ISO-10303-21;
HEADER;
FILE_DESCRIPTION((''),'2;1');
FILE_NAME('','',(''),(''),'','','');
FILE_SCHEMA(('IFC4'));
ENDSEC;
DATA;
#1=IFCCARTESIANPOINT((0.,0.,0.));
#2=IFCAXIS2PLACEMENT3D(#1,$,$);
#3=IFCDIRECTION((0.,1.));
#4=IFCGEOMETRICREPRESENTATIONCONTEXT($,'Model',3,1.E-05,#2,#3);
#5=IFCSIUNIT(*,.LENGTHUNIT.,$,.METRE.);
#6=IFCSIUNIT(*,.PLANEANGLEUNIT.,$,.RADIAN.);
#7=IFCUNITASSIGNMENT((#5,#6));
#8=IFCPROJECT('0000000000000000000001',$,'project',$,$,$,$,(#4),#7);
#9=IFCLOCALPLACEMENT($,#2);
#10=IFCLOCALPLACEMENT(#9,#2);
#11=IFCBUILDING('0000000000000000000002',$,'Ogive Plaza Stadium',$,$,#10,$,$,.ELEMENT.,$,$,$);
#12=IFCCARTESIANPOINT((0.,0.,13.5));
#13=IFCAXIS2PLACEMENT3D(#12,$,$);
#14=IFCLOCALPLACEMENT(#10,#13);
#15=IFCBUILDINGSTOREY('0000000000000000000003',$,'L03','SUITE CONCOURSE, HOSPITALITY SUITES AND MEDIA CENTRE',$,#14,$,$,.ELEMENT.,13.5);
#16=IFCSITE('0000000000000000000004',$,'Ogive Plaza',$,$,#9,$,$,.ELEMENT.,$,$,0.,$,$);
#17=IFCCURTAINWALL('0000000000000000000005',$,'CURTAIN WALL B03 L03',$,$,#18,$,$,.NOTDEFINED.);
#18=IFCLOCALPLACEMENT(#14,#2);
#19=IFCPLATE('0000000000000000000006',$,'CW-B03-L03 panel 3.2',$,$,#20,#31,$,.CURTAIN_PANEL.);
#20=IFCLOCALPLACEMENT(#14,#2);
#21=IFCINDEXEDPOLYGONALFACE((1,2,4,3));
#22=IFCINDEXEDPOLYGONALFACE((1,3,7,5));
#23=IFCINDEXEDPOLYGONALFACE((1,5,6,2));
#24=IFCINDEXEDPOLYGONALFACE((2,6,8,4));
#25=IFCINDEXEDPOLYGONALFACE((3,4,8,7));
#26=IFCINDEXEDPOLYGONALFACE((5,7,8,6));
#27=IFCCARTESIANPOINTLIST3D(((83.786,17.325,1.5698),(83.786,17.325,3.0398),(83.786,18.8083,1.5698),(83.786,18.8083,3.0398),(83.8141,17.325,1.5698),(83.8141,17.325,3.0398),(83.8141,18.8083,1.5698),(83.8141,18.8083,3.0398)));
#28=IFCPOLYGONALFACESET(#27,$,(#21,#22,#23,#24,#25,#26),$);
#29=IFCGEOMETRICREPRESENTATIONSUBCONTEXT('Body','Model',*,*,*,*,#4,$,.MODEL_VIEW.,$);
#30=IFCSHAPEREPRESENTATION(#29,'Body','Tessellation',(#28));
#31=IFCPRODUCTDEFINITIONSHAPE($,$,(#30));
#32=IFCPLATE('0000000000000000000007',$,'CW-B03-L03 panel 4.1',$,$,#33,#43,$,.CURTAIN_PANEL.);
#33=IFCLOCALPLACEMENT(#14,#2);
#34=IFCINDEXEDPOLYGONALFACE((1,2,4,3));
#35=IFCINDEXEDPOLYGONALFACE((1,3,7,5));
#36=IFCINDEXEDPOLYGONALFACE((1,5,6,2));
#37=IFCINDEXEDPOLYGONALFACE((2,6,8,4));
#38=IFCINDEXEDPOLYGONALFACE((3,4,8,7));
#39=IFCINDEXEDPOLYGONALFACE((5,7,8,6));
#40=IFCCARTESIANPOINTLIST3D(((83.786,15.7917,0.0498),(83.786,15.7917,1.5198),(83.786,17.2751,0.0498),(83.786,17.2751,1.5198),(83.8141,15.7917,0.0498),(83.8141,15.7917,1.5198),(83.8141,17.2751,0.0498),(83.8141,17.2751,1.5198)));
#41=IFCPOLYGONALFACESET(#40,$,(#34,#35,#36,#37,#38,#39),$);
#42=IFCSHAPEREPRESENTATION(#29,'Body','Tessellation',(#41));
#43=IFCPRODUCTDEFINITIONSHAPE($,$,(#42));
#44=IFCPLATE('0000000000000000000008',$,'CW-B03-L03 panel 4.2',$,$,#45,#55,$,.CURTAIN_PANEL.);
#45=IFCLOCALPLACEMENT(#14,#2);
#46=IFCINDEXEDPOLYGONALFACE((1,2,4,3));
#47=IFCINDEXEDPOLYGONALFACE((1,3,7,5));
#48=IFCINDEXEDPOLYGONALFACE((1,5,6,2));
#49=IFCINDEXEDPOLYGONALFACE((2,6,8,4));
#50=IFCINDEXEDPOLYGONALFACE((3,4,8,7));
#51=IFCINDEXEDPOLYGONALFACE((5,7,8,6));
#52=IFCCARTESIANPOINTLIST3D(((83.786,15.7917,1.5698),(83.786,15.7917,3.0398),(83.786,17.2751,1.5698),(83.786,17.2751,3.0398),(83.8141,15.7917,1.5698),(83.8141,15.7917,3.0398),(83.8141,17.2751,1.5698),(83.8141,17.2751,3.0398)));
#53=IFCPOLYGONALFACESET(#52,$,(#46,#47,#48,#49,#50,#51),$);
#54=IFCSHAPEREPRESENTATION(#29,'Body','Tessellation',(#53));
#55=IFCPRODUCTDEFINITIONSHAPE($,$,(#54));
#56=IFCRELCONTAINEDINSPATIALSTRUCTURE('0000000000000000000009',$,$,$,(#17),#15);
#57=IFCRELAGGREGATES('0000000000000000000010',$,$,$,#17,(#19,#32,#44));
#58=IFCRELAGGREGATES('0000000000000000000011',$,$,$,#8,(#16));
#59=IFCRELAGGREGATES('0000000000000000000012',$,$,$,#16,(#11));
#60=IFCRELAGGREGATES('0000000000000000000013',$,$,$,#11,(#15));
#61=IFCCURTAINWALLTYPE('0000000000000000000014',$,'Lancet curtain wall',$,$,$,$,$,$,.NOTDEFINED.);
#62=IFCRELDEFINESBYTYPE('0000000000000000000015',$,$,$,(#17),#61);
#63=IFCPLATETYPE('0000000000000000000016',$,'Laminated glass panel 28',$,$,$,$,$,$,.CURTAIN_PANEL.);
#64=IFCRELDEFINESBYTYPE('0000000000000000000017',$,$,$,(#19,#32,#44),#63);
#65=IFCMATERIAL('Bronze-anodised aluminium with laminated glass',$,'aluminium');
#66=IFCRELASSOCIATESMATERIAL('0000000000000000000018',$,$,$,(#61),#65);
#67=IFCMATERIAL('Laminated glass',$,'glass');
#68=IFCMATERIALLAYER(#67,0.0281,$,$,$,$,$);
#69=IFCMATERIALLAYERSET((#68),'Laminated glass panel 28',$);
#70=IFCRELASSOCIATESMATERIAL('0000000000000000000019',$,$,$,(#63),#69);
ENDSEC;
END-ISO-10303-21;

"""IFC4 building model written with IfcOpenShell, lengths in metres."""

from ifc_helpers import new_model, si_unit, direction, frame, origin, origin_2d, place, context, subcontext, project, spatial, rectangle, extrude, material, layer, layer_set, type_object, element, aggregate, save


model = new_model("IFC4")

# Units and contexts
model_context = context("Model", 3, precision=1e-05, world=origin(), true_north=direction((0.0, 1.0)))
body_context = subcontext(model_context, "Body", "Model", "MODEL_VIEW")
ifc_project = project(units=[si_unit("LENGTHUNIT", "METRE"), si_unit("PLANEANGLEUNIT", "RADIAN")], contexts=[model_context])

# Site, building, storey
site_placement = place(None, origin())
site = spatial("IfcSite", under=ifc_project, at=site_placement, Name="Ogive Plaza", CompositionType="ELEMENT", RefElevation=0.0)
building_placement = place(site_placement, origin())
building = spatial("IfcBuilding", under=site, at=building_placement, Name="Ogive Plaza Stadium", CompositionType="ELEMENT")
storey_placement = place(building_placement, frame((0.0, 0.0, 13.5)))
storey = spatial("IfcBuildingStorey", under=building, at=storey_placement, Name="L03", Description="SUITE CONCOURSE, HOSPITALITY SUITES AND MEDIA CENTRE", CompositionType="ELEMENT", Elevation=13.5)

# Shared definitions
ifc_material_1 = material(Name="Bronze-anodised aluminium with laminated glass", Category="aluminium")
curtain_wall_type = type_object("IfcCurtainWallType", Name="Lancet curtain wall", PredefinedType="NOTDEFINED", material=ifc_material_1)

# Curtain wall
curtain_wall_1_placement = place(storey_placement, origin())
curtain_wall_1 = element("IfcCurtainWall", 1, at=curtain_wall_1_placement, inside=storey, type_object=curtain_wall_type, Name="CURTAIN WALL B03 L03", PredefinedType="NOTDEFINED")

# Plates
ifc_material_2 = material(Name="Laminated glass", Category="glass")
ifc_layer = layer(ifc_material_2, 0.0281)
ifc_layer_set = layer_set([ifc_layer], Name="Laminated glass panel 28")
plate_type = type_object("IfcPlateType", Name="Laminated glass panel 28", PredefinedType="CURTAIN_PANEL", material=ifc_layer_set)
plate_1_placement = place(storey_placement, frame((83.8, 18.0667, 1.5698), z_axis=(0.0, 0.0, 1.0), x_axis=(0.0, -1.0, 0.0)))
plate_1 = element("IfcPlate", 2, at=plate_1_placement, type_object=plate_type, Name="CW-B03-L03 panel 3.2", PredefinedType="CURTAIN_PANEL", context=body_context, shape_type="SweptSolid", body=[
    extrude(rectangle(XDim=1.4834, YDim=0.0281, at=origin_2d()), origin(), (0.0, 0.0, 1.0), 1.47),
])
plate_2_placement = place(storey_placement, frame((83.8, 16.5334, 0.0498), z_axis=(0.0, 0.0, 1.0), x_axis=(0.0, -1.0, 0.0)))
plate_2 = element("IfcPlate", 3, at=plate_2_placement, type_object=plate_type, Name="CW-B03-L03 panel 4.1", PredefinedType="CURTAIN_PANEL", context=body_context, shape_type="SweptSolid", body=[
    extrude(rectangle(XDim=1.4834, YDim=0.0281, at=origin_2d()), origin(), (0.0, 0.0, 1.0), 1.47),
])
plate_3_placement = place(storey_placement, frame((83.8, 16.5334, 1.5698), z_axis=(0.0, 0.0, 1.0), x_axis=(0.0, -1.0, 0.0)))
plate_3 = element("IfcPlate", 4, at=plate_3_placement, type_object=plate_type, Name="CW-B03-L03 panel 4.2", PredefinedType="CURTAIN_PANEL", context=body_context, shape_type="SweptSolid", body=[
    extrude(rectangle(XDim=1.4834, YDim=0.0281, at=origin_2d()), origin(), (0.0, 0.0, 1.0), 1.47),
])
aggregate(curtain_wall_1, [plate_1, plate_2, plate_3])

save(model, "model.ifc")
